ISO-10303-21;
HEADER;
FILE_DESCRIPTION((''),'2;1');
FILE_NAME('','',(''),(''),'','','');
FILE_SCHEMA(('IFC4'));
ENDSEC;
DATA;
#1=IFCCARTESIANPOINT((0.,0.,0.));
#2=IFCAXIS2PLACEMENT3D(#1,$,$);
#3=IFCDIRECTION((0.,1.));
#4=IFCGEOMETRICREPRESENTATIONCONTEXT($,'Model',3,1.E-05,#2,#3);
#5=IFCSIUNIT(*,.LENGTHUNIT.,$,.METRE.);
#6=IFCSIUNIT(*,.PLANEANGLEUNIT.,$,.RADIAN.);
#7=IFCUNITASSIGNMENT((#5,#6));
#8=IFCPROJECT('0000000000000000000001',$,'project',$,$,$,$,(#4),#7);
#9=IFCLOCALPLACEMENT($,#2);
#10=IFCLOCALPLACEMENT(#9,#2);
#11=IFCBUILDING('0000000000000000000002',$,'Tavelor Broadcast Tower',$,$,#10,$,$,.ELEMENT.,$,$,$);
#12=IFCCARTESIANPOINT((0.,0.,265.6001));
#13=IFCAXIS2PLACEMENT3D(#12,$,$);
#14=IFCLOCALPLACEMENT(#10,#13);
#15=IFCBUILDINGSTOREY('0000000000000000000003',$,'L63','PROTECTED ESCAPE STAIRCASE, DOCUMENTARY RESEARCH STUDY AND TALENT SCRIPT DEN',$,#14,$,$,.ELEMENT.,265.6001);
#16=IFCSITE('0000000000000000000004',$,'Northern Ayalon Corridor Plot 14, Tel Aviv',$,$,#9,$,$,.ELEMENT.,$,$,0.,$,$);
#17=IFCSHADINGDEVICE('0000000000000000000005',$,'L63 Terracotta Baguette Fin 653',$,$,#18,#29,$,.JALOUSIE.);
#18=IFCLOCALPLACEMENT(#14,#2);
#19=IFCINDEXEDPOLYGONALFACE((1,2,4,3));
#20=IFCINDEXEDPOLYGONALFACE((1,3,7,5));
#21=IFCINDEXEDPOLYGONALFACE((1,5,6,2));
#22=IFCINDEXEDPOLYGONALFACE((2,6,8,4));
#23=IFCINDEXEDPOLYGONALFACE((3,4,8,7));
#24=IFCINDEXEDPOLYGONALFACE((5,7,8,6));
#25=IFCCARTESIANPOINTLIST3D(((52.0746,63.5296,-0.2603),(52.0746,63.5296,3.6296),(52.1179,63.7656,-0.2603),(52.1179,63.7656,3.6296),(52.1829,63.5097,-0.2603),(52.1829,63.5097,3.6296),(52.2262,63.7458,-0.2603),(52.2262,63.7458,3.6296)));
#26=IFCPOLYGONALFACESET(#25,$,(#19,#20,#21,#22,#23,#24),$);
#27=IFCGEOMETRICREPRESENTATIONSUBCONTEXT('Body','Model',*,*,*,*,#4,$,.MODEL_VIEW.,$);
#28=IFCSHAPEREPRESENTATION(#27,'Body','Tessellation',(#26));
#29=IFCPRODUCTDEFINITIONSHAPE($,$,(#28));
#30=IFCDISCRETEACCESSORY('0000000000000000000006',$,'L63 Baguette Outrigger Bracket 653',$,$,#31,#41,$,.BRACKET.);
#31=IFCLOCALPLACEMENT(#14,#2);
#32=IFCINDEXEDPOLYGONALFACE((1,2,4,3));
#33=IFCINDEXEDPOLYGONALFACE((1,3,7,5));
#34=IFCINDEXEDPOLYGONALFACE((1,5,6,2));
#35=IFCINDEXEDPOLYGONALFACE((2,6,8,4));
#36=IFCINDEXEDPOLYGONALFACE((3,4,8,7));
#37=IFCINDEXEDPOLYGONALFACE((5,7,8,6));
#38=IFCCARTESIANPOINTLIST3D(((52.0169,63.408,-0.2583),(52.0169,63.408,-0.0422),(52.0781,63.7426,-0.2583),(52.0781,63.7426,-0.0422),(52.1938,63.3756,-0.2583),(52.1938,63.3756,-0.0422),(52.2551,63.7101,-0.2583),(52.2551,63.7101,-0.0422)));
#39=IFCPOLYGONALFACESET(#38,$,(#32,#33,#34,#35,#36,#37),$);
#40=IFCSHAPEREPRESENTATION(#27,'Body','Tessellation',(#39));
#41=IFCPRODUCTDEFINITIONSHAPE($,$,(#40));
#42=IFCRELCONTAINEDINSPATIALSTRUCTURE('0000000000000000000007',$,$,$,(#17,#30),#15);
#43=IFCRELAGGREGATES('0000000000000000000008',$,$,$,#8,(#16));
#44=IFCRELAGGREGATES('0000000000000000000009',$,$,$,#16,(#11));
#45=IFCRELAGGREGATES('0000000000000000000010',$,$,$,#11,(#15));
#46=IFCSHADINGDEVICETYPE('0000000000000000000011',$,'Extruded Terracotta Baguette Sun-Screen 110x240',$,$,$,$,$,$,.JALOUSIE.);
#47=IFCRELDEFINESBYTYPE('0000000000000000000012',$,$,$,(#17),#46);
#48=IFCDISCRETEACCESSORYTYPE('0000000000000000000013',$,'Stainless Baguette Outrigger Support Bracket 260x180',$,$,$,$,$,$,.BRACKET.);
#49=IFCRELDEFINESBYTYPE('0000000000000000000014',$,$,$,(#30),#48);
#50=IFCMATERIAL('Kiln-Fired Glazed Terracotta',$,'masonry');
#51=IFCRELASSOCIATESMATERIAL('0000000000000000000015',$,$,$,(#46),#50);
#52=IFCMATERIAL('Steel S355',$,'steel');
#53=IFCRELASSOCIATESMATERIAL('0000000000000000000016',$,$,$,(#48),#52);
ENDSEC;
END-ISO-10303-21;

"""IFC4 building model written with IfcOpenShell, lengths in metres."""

from ifc_helpers import new_model, si_unit, direction, frame, origin, origin_2d, place, context, subcontext, project, spatial, rectangle, extrude, source, transform, mapped, material, type_object, type_shapes, element, save


model = new_model("IFC4")

# Units and contexts
model_context = context("Model", 3, precision=1e-05, world=origin(), true_north=direction((0.0, 1.0)))
body_context = subcontext(model_context, "Body", "Model", "MODEL_VIEW")
ifc_project = project(units=[si_unit("LENGTHUNIT", "METRE"), si_unit("PLANEANGLEUNIT", "RADIAN")], contexts=[model_context])

# Site, building, storey
site_placement = place(None, origin())
site = spatial("IfcSite", under=ifc_project, at=site_placement, Name="Northern Ayalon Corridor Plot 14, Tel Aviv", CompositionType="ELEMENT", RefElevation=0.0)
building_placement = place(site_placement, origin())
building = spatial("IfcBuilding", under=site, at=building_placement, Name="Tavelor Broadcast Tower", CompositionType="ELEMENT")
storey_placement = place(building_placement, frame((0.0, 0.0, 265.6001)))
storey = spatial("IfcBuildingStorey", under=building, at=storey_placement, Name="L63", Description="PROTECTED ESCAPE STAIRCASE, DOCUMENTARY RESEARCH STUDY AND TALENT SCRIPT DEN", CompositionType="ELEMENT", Elevation=265.6001)

# Shared definitions
ifc_material_1 = material(Name="Steel S355", Category="steel")

# Shading device
ifc_material_2 = material(Name="Kiln-Fired Glazed Terracotta", Category="masonry")
shading_device_type = type_object("IfcShadingDeviceType", Name="Extruded Terracotta Baguette Sun-Screen 110x240", PredefinedType="JALOUSIE", material=ifc_material_2)
shared_shape_1 = source(origin(), body_context, "Body", "SweptSolid", [
    extrude(rectangle(XDim=0.1101, YDim=0.24, at=origin_2d()), origin(), (0.0, 0.0, 1.0), 3.8899),
])
type_shapes(shading_device_type, [shared_shape_1])
shading_device_placement = place(storey_placement, frame((52.1504, 63.6377, -0.2603), z_axis=(0.0, 0.0, 1.0), x_axis=(-0.983634, 0.180176, 0.0)))
element("IfcShadingDevice", 1, at=shading_device_placement, inside=storey, type_object=shading_device_type, Name="L63 Terracotta Baguette Fin 653", PredefinedType="JALOUSIE", context=body_context, shape_type="MappedRepresentation", body=[
    mapped(shared_shape_1, transform((0.0, 0.0, 0.0), scale=1.0)),
])

# Discrete accessory
discrete_accessory_type = type_object("IfcDiscreteAccessoryType", Name="Stainless Baguette Outrigger Support Bracket 260x180", PredefinedType="BRACKET", material=ifc_material_1)
shared_shape_2 = source(origin(), body_context, "Body", "SweptSolid", [
    extrude(rectangle(XDim=0.1799, YDim=0.3401, at=origin_2d()), origin(), (0.0, 0.0, 1.0), 0.2161),
])
type_shapes(discrete_accessory_type, [shared_shape_2])
discrete_accessory_placement = place(storey_placement, frame((52.136, 63.5591, -0.2583), z_axis=(0.0, 0.0, 1.0), x_axis=(-0.983634, 0.180176, 0.0)))
element("IfcDiscreteAccessory", 2, at=discrete_accessory_placement, inside=storey, type_object=discrete_accessory_type, Name="L63 Baguette Outrigger Bracket 653", PredefinedType="BRACKET", context=body_context, shape_type="MappedRepresentation", body=[
    mapped(shared_shape_2, transform((0.0, 0.0, 0.0), scale=1.0)),
])

save(model, "model.ifc")
